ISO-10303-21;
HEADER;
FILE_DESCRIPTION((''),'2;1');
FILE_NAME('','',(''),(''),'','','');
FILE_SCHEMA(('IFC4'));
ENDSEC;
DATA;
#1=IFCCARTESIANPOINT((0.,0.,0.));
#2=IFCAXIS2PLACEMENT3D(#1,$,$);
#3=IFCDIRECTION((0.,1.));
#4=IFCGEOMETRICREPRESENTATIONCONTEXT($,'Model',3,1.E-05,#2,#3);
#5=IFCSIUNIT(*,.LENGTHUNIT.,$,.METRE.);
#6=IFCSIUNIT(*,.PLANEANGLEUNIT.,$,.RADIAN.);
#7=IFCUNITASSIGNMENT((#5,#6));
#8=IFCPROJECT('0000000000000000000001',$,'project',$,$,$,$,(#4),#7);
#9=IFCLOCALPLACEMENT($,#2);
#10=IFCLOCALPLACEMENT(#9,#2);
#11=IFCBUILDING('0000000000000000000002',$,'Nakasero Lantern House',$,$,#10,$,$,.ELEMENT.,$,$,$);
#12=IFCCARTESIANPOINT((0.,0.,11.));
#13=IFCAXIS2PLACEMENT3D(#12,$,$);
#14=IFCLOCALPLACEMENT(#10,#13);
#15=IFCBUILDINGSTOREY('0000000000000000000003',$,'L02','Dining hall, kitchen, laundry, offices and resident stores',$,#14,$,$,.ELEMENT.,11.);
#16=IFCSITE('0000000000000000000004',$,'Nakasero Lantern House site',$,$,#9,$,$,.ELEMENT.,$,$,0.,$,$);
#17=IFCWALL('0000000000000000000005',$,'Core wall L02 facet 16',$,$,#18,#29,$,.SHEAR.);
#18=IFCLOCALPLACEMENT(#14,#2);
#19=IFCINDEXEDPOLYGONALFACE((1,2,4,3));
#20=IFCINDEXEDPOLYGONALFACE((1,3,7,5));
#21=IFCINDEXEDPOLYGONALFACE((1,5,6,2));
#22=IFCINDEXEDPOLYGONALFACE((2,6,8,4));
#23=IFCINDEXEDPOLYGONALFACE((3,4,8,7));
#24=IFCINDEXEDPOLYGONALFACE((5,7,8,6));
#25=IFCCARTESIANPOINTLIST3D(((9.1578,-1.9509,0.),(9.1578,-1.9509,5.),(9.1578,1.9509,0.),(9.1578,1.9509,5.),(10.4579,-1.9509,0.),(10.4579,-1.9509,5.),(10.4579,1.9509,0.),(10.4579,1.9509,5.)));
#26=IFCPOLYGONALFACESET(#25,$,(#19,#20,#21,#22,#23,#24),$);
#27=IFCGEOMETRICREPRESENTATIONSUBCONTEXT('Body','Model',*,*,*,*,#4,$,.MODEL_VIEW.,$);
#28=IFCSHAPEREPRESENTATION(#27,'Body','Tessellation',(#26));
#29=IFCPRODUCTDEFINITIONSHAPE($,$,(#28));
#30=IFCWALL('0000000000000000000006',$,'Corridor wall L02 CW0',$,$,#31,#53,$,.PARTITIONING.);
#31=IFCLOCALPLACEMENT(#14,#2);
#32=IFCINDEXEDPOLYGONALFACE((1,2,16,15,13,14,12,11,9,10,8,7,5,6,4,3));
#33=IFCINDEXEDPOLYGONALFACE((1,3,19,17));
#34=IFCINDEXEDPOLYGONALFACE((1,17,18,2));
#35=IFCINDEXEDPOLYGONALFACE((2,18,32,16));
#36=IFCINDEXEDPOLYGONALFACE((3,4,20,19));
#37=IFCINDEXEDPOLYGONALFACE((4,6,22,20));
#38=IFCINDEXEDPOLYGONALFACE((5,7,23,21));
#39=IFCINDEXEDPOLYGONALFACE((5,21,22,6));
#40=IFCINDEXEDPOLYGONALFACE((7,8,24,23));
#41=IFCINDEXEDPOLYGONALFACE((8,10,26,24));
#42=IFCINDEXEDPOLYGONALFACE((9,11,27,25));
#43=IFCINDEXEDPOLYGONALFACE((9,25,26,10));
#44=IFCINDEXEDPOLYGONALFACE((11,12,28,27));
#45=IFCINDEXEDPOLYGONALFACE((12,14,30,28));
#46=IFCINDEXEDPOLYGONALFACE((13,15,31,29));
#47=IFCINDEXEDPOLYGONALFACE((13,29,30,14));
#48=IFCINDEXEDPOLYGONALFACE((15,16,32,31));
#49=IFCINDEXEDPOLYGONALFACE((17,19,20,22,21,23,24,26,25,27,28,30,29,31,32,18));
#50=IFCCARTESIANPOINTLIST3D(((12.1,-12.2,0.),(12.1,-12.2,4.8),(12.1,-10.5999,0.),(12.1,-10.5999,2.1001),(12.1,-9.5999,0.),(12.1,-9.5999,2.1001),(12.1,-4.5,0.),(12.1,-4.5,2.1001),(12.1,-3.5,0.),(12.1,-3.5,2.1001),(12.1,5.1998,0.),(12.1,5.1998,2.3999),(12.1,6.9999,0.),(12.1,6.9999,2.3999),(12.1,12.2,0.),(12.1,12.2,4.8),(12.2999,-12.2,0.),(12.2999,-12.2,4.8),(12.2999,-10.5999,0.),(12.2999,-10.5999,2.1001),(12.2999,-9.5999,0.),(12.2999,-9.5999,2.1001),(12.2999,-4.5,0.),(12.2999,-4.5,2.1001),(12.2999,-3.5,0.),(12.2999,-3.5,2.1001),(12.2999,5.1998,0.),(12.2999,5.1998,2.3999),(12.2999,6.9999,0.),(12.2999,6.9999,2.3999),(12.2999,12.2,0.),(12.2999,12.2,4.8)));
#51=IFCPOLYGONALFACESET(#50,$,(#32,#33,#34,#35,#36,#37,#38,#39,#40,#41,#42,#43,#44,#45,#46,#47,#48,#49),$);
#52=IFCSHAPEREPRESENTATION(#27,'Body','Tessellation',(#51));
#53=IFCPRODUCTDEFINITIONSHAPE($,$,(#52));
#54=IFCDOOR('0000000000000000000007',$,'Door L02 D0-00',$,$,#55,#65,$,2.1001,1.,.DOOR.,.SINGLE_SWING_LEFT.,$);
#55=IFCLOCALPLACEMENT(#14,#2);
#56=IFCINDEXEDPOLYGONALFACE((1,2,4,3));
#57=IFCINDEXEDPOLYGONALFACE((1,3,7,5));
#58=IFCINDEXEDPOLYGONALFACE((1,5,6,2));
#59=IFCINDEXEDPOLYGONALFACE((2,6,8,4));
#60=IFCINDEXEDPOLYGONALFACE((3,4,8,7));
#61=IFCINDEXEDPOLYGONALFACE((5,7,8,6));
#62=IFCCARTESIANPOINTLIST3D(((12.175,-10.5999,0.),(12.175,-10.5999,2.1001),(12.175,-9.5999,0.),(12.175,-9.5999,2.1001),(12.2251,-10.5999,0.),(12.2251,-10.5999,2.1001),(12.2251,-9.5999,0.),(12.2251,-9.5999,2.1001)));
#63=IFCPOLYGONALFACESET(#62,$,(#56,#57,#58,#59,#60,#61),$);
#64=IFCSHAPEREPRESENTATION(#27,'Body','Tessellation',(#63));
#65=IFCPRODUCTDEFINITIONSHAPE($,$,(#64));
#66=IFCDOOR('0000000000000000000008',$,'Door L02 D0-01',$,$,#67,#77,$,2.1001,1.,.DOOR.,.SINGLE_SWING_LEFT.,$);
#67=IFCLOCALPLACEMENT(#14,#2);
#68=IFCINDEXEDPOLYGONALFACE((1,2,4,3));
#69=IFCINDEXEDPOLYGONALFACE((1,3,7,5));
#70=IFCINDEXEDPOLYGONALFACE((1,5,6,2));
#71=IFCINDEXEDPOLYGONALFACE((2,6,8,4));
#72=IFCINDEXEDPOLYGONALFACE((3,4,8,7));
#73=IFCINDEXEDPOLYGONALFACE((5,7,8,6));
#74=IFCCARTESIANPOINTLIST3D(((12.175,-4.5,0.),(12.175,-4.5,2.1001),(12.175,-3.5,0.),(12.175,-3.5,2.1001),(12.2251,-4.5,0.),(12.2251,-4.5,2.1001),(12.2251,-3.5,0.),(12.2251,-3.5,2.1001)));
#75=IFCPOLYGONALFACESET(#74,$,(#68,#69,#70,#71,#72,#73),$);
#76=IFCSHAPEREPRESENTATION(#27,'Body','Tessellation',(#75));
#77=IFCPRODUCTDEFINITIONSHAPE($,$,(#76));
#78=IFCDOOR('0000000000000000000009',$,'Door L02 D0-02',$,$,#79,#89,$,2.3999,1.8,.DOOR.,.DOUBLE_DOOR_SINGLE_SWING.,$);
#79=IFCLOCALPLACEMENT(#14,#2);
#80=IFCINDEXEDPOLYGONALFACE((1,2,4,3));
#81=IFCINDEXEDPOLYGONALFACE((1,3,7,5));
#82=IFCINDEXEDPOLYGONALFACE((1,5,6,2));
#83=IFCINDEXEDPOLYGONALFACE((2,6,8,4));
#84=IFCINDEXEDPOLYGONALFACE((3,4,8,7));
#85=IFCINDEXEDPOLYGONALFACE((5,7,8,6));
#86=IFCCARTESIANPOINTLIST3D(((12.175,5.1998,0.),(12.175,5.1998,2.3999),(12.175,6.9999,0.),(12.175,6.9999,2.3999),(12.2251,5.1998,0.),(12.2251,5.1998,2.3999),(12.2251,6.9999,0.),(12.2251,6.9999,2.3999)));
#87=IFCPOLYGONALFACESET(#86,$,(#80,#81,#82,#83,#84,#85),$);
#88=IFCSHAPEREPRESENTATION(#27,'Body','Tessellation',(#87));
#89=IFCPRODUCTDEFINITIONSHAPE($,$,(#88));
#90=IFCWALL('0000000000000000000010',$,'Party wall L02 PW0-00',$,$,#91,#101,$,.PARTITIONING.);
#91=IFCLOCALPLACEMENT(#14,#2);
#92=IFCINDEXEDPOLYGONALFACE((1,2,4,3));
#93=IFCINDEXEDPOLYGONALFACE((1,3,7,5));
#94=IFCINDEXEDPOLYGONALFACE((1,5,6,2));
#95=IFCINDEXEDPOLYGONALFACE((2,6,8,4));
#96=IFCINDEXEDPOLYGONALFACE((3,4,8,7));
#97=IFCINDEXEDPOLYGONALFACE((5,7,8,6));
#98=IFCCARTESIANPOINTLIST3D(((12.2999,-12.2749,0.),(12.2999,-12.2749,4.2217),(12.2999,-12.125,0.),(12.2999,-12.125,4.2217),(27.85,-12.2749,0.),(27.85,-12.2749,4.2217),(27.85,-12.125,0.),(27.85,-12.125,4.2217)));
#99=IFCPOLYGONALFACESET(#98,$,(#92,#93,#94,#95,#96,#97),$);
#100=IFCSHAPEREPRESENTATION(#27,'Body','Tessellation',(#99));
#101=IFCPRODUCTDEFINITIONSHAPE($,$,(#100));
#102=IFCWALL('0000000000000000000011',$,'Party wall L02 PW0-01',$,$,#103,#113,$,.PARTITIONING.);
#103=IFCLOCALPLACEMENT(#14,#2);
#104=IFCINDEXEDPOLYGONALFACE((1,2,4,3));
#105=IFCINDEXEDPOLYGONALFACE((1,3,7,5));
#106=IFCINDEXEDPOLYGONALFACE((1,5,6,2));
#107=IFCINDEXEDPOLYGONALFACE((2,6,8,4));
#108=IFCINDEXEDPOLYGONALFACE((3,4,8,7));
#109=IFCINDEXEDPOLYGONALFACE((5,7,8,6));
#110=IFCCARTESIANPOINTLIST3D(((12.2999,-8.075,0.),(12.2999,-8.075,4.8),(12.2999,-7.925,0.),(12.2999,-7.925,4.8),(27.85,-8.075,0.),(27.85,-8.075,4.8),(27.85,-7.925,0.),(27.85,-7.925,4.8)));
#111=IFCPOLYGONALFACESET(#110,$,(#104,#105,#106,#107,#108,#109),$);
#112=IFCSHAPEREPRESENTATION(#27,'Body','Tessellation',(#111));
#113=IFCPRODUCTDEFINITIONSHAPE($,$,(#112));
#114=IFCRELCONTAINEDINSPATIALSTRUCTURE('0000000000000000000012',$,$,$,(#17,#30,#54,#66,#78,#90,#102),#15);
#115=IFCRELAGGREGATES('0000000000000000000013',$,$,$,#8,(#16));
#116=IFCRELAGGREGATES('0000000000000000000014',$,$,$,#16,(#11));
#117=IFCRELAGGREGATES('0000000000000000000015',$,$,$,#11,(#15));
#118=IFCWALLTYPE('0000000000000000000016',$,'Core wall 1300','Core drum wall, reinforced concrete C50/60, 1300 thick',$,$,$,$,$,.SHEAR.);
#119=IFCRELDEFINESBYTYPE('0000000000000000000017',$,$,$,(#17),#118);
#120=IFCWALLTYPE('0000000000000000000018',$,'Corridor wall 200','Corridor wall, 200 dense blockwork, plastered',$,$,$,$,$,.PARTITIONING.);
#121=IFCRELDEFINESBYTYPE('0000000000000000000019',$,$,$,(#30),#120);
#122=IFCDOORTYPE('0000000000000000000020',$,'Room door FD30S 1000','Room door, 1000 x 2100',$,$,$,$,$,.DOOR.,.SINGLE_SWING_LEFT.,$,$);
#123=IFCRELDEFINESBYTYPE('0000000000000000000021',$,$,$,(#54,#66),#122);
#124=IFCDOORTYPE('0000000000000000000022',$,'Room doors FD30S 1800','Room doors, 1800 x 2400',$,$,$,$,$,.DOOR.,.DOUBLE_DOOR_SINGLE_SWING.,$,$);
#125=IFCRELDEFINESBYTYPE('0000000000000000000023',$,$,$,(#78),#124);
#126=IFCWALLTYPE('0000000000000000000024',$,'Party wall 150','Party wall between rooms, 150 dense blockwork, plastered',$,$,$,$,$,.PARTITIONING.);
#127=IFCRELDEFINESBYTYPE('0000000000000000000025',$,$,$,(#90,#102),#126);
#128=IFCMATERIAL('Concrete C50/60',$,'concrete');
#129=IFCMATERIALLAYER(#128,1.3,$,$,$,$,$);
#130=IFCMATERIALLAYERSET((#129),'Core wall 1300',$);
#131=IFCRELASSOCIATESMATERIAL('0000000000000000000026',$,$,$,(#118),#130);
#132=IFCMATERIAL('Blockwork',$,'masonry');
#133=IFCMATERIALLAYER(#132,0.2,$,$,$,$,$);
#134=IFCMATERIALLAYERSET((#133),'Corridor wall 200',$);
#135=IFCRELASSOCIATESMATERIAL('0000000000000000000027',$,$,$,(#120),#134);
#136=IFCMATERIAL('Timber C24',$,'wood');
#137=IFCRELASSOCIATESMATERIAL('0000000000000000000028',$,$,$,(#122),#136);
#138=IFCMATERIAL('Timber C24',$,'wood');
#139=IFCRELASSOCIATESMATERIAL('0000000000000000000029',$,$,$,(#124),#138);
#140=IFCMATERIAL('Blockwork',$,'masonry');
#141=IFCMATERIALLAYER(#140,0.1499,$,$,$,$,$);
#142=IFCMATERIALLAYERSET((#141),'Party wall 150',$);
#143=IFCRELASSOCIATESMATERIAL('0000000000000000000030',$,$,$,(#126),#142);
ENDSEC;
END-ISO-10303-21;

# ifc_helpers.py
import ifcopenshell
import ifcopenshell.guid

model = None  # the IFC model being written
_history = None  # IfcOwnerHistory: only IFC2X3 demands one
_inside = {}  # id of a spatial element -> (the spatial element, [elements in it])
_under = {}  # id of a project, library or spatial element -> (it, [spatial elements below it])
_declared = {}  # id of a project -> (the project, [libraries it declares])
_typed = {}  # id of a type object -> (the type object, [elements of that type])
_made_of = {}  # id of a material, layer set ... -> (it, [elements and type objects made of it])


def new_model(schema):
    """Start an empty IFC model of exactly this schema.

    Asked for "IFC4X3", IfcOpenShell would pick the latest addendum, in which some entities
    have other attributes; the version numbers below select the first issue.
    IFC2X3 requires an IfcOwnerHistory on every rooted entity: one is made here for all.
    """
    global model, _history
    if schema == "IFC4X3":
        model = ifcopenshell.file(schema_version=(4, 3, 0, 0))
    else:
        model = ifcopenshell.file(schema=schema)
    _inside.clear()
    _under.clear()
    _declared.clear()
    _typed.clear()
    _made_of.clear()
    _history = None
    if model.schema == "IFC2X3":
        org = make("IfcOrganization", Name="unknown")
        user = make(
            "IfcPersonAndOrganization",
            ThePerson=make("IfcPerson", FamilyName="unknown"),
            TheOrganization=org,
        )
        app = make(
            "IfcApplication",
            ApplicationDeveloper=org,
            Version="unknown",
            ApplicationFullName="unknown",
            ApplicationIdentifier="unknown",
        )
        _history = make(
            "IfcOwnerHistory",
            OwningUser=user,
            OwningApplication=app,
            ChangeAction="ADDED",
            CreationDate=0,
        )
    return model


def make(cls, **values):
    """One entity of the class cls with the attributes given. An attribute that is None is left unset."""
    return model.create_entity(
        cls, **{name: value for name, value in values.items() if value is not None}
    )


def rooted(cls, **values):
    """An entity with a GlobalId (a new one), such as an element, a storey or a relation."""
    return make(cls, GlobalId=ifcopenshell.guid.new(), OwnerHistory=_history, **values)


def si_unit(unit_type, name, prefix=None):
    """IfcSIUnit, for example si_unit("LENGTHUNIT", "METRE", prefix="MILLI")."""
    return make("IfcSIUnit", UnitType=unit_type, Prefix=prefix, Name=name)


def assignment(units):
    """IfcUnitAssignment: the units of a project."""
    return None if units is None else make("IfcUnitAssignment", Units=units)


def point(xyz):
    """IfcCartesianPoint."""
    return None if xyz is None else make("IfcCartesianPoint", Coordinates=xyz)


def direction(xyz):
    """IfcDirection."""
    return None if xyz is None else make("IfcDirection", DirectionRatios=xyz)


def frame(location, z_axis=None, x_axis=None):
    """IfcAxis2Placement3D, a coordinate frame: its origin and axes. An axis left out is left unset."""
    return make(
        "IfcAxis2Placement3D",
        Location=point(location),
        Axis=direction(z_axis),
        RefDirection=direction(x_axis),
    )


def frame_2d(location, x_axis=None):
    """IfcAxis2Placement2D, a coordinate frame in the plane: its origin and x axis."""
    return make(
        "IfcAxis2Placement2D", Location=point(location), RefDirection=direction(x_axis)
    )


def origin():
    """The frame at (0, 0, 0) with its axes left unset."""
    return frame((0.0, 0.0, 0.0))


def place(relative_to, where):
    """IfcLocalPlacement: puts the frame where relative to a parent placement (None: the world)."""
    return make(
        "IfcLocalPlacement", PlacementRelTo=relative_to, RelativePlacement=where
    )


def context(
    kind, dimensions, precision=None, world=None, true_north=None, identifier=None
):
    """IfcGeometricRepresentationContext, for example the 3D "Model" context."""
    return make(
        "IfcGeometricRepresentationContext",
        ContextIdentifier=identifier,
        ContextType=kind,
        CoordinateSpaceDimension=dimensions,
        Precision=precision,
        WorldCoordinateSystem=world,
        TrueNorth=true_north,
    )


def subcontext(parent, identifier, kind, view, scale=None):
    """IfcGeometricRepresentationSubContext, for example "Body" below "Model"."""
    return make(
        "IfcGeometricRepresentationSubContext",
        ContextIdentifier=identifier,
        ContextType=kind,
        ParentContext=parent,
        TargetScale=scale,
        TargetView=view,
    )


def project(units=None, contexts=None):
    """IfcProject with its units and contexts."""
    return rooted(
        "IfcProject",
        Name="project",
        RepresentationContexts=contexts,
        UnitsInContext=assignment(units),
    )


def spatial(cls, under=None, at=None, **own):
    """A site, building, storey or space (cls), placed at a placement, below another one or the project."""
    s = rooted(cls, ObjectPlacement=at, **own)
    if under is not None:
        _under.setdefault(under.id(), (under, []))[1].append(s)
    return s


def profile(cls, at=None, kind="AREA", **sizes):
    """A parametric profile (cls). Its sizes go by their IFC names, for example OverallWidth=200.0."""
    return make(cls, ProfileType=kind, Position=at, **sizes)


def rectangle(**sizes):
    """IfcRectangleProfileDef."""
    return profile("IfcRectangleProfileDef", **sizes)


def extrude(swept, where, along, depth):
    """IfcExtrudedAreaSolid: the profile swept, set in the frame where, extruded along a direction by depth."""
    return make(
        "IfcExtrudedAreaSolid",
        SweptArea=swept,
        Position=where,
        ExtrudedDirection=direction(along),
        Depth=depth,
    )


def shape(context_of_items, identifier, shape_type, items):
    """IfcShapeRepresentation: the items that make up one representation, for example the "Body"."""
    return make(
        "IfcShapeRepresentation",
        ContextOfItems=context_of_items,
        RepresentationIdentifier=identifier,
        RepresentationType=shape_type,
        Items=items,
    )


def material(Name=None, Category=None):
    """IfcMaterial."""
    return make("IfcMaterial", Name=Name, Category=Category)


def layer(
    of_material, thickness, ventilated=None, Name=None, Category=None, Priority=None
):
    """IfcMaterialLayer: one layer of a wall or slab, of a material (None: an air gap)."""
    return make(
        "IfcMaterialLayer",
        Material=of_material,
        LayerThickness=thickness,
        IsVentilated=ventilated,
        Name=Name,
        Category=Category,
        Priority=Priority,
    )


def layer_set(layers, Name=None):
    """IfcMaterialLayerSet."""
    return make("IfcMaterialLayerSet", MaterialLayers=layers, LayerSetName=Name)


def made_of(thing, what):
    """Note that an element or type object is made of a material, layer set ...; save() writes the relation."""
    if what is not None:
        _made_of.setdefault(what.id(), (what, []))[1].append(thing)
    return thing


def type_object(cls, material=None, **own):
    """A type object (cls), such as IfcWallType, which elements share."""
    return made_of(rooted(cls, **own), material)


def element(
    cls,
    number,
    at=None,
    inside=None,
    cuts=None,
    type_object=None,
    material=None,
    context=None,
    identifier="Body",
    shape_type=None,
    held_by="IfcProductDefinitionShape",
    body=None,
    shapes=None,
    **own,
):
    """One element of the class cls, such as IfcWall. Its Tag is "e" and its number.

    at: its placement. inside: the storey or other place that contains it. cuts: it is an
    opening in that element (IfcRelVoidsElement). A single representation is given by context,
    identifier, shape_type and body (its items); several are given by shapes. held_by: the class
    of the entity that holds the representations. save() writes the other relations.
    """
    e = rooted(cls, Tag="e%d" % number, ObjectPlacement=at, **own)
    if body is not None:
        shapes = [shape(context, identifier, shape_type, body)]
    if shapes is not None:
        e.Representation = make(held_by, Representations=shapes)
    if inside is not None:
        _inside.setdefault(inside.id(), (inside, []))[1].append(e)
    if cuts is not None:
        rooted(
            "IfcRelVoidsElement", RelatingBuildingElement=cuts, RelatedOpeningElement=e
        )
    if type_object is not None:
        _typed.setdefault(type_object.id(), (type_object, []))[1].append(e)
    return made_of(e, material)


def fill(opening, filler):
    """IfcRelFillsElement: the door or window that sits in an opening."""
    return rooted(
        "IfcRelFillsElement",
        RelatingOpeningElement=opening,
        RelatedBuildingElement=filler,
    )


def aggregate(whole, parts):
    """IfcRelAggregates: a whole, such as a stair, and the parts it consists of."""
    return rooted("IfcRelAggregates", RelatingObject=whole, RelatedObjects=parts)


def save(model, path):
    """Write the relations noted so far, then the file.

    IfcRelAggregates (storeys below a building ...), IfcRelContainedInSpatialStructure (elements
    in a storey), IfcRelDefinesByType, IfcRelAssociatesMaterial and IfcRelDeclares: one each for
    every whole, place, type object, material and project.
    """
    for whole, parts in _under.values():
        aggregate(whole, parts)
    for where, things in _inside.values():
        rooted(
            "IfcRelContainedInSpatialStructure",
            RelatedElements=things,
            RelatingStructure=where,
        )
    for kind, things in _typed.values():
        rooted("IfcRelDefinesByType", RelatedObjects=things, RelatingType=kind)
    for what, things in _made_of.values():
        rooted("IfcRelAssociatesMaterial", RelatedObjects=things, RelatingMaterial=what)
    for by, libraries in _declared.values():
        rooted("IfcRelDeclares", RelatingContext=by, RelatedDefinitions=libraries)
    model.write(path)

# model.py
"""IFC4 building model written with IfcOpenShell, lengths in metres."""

from ifc_helpers import new_model, si_unit, direction, frame, frame_2d, origin, place, context, subcontext, project, spatial, rectangle, extrude, material, layer, layer_set, type_object, element, fill, save


model = new_model("IFC4")

# Units and contexts
model_context = context("Model", 3, precision=1e-05, world=origin(), true_north=direction((0.0, 1.0)))
body_context = subcontext(model_context, "Body", "Model", "MODEL_VIEW")
ifc_project = project(units=[si_unit("LENGTHUNIT", "METRE"), si_unit("PLANEANGLEUNIT", "RADIAN")], contexts=[model_context])

# Site, building, storey
site_placement = place(None, origin())
site = spatial("IfcSite", under=ifc_project, at=site_placement, Name="Nakasero Lantern House site", CompositionType="ELEMENT", RefElevation=0.0)
building_placement = place(site_placement, origin())
building = spatial("IfcBuilding", under=site, at=building_placement, Name="Nakasero Lantern House", CompositionType="ELEMENT")
storey_placement = place(building_placement, frame((0.0, 0.0, 11.0)))
storey = spatial("IfcBuildingStorey", under=building, at=storey_placement, Name="L02", Description="Dining hall, kitchen, laundry, offices and resident stores", CompositionType="ELEMENT", Elevation=11.0)

# Wall
ifc_material_1 = material(Name="Concrete C50/60", Category="concrete")
ifc_layer_1 = layer(ifc_material_1, 1.3)
ifc_layer_set_1 = layer_set([ifc_layer_1], Name="Core wall 1300")
wall_type_1 = type_object("IfcWallType", Name="Core wall 1300", Description="Core drum wall, reinforced concrete C50/60, 1300 thick", PredefinedType="SHEAR", material=ifc_layer_set_1)
wall_1_placement = place(storey_placement, frame((9.8079, -1.9509, 0.0), z_axis=(0.0, 0.0, 1.0), x_axis=(0.0, 1.0, 0.0)))
element("IfcWall", 1, at=wall_1_placement, inside=storey, type_object=wall_type_1, Name="Core wall L02 facet 16", PredefinedType="SHEAR", context=body_context, shape_type="SweptSolid", body=[
    extrude(rectangle(XDim=3.9019, YDim=1.3, at=frame_2d((1.9509, 0.0))), origin(), (0.0, 0.0, 1.0), 5.0),
])

# Wall, openings, doors
ifc_material_2 = material(Name="Blockwork", Category="masonry")
ifc_layer_2 = layer(ifc_material_2, 0.2)
ifc_layer_set_2 = layer_set([ifc_layer_2], Name="Corridor wall 200")
wall_type_2 = type_object("IfcWallType", Name="Corridor wall 200", Description="Corridor wall, 200 dense blockwork, plastered", PredefinedType="PARTITIONING", material=ifc_layer_set_2)
wall_2_placement = place(storey_placement, frame((12.2, -12.2, 0.0), z_axis=(0.0, 0.0, 1.0), x_axis=(0.0, 1.0, 0.0)))
wall_2 = element("IfcWall", 2, at=wall_2_placement, inside=storey, type_object=wall_type_2, Name="Corridor wall L02 CW0", PredefinedType="PARTITIONING", context=body_context, shape_type="SweptSolid", body=[
    extrude(rectangle(XDim=24.3999, YDim=0.2, at=frame_2d((12.2, 0.0))), origin(), (0.0, 0.0, 1.0), 4.8),
])
opening_1_placement = place(wall_2_placement, frame((1.6001, 0.0, 0.0)))
opening_1 = element("IfcOpeningElement", 3, at=opening_1_placement, cuts=wall_2, PredefinedType="OPENING", context=body_context, shape_type="SweptSolid", body=[
    extrude(rectangle(XDim=1.0, YDim=2.1001, at=frame_2d((0.5, 1.05))), frame((0.0, 0.1199, 0.0), z_axis=(0.0, -1.0, 0.0), x_axis=(1.0, 0.0, 0.0)), (0.0, 0.0, 1.0), 0.24),
])
opening_2_placement = place(wall_2_placement, frame((7.7, 0.0, 0.0)))
opening_2 = element("IfcOpeningElement", 4, at=opening_2_placement, cuts=wall_2, PredefinedType="OPENING", context=body_context, shape_type="SweptSolid", body=[
    extrude(rectangle(XDim=1.0, YDim=2.1001, at=frame_2d((0.5, 1.05))), frame((0.0, 0.1199, 0.0), z_axis=(0.0, -1.0, 0.0), x_axis=(1.0, 0.0, 0.0)), (0.0, 0.0, 1.0), 0.24),
])
opening_3_placement = place(wall_2_placement, frame((17.3999, 0.0, 0.0)))
opening_3 = element("IfcOpeningElement", 5, at=opening_3_placement, cuts=wall_2, PredefinedType="OPENING", context=body_context, shape_type="SweptSolid", body=[
    extrude(rectangle(XDim=1.8, YDim=2.3999, at=frame_2d((0.8999, 1.2))), frame((0.0, 0.1199, 0.0), z_axis=(0.0, -1.0, 0.0), x_axis=(1.0, 0.0, 0.0)), (0.0, 0.0, 1.0), 0.24),
])
ifc_material_3 = material(Name="Timber C24", Category="wood")
door_type_1 = type_object("IfcDoorType", Name="Room door FD30S 1000", Description="Room door, 1000 x 2100", OperationType="SINGLE_SWING_LEFT", PredefinedType="DOOR", material=ifc_material_3)
door_1_placement = place(opening_1_placement, origin())
door_1 = element("IfcDoor", 6, at=door_1_placement, inside=storey, type_object=door_type_1, Name="Door L02 D0-00", OperationType="SINGLE_SWING_LEFT", OverallHeight=2.1001, OverallWidth=1.0, PredefinedType="DOOR", context=body_context, shape_type="SweptSolid", body=[
    extrude(rectangle(XDim=1.0, YDim=2.1001, at=frame_2d((0.5, 1.05))), frame((0.0, 0.0249, 0.0), z_axis=(0.0, -1.0, 0.0), x_axis=(1.0, 0.0, 0.0)), (0.0, 0.0, 1.0), 0.05),
])
fill(opening_1, door_1)
door_2_placement = place(opening_2_placement, origin())
door_2 = element("IfcDoor", 7, at=door_2_placement, inside=storey, type_object=door_type_1, Name="Door L02 D0-01", OperationType="SINGLE_SWING_LEFT", OverallHeight=2.1001, OverallWidth=1.0, PredefinedType="DOOR", context=body_context, shape_type="SweptSolid", body=[
    extrude(rectangle(XDim=1.0, YDim=2.1001, at=frame_2d((0.5, 1.05))), frame((0.0, 0.0249, 0.0), z_axis=(0.0, -1.0, 0.0), x_axis=(1.0, 0.0, 0.0)), (0.0, 0.0, 1.0), 0.05),
])
fill(opening_2, door_2)
ifc_material_4 = material(Name="Timber C24", Category="wood")
door_type_2 = type_object("IfcDoorType", Name="Room doors FD30S 1800", Description="Room doors, 1800 x 2400", OperationType="DOUBLE_DOOR_SINGLE_SWING", PredefinedType="DOOR", material=ifc_material_4)
door_3_placement = place(opening_3_placement, origin())
door_3 = element("IfcDoor", 8, at=door_3_placement, inside=storey, type_object=door_type_2, Name="Door L02 D0-02", OperationType="DOUBLE_DOOR_SINGLE_SWING", OverallHeight=2.3999, OverallWidth=1.8, PredefinedType="DOOR", context=body_context, shape_type="SweptSolid", body=[
    extrude(rectangle(XDim=1.8, YDim=2.3999, at=frame_2d((0.8999, 1.2))), frame((0.0, 0.0249, 0.0), z_axis=(0.0, -1.0, 0.0), x_axis=(1.0, 0.0, 0.0)), (0.0, 0.0, 1.0), 0.05),
])
fill(opening_3, door_3)

# Walls
ifc_material_5 = material(Name="Blockwork", Category="masonry")
ifc_layer_3 = layer(ifc_material_5, 0.1499)
ifc_layer_set_3 = layer_set([ifc_layer_3], Name="Party wall 150")
wall_type_3 = type_object("IfcWallType", Name="Party wall 150", Description="Party wall between rooms, 150 dense blockwork, plastered", PredefinedType="PARTITIONING", material=ifc_layer_set_3)
wall_3_placement = place(storey_placement, frame((12.3, -12.2, 0.0), z_axis=(0.0, 0.0, 1.0), x_axis=(1.0, 0.0, 0.0)))
element("IfcWall", 9, at=wall_3_placement, inside=storey, type_object=wall_type_3, Name="Party wall L02 PW0-00", PredefinedType="PARTITIONING", context=body_context, shape_type="SweptSolid", body=[
    extrude(rectangle(XDim=15.55, YDim=0.1499, at=frame_2d((7.7749, 0.0))), origin(), (0.0, 0.0, 1.0), 4.2217),
])
wall_4_placement = place(storey_placement, frame((12.3, -8.0, 0.0), z_axis=(0.0, 0.0, 1.0), x_axis=(1.0, 0.0, 0.0)))
element("IfcWall", 10, at=wall_4_placement, inside=storey, type_object=wall_type_3, Name="Party wall L02 PW0-01", PredefinedType="PARTITIONING", context=body_context, shape_type="SweptSolid", body=[
    extrude(rectangle(XDim=15.55, YDim=0.1499, at=frame_2d((7.7749, 0.0))), origin(), (0.0, 0.0, 1.0), 4.8),
])

save(model, "model.ifc")
